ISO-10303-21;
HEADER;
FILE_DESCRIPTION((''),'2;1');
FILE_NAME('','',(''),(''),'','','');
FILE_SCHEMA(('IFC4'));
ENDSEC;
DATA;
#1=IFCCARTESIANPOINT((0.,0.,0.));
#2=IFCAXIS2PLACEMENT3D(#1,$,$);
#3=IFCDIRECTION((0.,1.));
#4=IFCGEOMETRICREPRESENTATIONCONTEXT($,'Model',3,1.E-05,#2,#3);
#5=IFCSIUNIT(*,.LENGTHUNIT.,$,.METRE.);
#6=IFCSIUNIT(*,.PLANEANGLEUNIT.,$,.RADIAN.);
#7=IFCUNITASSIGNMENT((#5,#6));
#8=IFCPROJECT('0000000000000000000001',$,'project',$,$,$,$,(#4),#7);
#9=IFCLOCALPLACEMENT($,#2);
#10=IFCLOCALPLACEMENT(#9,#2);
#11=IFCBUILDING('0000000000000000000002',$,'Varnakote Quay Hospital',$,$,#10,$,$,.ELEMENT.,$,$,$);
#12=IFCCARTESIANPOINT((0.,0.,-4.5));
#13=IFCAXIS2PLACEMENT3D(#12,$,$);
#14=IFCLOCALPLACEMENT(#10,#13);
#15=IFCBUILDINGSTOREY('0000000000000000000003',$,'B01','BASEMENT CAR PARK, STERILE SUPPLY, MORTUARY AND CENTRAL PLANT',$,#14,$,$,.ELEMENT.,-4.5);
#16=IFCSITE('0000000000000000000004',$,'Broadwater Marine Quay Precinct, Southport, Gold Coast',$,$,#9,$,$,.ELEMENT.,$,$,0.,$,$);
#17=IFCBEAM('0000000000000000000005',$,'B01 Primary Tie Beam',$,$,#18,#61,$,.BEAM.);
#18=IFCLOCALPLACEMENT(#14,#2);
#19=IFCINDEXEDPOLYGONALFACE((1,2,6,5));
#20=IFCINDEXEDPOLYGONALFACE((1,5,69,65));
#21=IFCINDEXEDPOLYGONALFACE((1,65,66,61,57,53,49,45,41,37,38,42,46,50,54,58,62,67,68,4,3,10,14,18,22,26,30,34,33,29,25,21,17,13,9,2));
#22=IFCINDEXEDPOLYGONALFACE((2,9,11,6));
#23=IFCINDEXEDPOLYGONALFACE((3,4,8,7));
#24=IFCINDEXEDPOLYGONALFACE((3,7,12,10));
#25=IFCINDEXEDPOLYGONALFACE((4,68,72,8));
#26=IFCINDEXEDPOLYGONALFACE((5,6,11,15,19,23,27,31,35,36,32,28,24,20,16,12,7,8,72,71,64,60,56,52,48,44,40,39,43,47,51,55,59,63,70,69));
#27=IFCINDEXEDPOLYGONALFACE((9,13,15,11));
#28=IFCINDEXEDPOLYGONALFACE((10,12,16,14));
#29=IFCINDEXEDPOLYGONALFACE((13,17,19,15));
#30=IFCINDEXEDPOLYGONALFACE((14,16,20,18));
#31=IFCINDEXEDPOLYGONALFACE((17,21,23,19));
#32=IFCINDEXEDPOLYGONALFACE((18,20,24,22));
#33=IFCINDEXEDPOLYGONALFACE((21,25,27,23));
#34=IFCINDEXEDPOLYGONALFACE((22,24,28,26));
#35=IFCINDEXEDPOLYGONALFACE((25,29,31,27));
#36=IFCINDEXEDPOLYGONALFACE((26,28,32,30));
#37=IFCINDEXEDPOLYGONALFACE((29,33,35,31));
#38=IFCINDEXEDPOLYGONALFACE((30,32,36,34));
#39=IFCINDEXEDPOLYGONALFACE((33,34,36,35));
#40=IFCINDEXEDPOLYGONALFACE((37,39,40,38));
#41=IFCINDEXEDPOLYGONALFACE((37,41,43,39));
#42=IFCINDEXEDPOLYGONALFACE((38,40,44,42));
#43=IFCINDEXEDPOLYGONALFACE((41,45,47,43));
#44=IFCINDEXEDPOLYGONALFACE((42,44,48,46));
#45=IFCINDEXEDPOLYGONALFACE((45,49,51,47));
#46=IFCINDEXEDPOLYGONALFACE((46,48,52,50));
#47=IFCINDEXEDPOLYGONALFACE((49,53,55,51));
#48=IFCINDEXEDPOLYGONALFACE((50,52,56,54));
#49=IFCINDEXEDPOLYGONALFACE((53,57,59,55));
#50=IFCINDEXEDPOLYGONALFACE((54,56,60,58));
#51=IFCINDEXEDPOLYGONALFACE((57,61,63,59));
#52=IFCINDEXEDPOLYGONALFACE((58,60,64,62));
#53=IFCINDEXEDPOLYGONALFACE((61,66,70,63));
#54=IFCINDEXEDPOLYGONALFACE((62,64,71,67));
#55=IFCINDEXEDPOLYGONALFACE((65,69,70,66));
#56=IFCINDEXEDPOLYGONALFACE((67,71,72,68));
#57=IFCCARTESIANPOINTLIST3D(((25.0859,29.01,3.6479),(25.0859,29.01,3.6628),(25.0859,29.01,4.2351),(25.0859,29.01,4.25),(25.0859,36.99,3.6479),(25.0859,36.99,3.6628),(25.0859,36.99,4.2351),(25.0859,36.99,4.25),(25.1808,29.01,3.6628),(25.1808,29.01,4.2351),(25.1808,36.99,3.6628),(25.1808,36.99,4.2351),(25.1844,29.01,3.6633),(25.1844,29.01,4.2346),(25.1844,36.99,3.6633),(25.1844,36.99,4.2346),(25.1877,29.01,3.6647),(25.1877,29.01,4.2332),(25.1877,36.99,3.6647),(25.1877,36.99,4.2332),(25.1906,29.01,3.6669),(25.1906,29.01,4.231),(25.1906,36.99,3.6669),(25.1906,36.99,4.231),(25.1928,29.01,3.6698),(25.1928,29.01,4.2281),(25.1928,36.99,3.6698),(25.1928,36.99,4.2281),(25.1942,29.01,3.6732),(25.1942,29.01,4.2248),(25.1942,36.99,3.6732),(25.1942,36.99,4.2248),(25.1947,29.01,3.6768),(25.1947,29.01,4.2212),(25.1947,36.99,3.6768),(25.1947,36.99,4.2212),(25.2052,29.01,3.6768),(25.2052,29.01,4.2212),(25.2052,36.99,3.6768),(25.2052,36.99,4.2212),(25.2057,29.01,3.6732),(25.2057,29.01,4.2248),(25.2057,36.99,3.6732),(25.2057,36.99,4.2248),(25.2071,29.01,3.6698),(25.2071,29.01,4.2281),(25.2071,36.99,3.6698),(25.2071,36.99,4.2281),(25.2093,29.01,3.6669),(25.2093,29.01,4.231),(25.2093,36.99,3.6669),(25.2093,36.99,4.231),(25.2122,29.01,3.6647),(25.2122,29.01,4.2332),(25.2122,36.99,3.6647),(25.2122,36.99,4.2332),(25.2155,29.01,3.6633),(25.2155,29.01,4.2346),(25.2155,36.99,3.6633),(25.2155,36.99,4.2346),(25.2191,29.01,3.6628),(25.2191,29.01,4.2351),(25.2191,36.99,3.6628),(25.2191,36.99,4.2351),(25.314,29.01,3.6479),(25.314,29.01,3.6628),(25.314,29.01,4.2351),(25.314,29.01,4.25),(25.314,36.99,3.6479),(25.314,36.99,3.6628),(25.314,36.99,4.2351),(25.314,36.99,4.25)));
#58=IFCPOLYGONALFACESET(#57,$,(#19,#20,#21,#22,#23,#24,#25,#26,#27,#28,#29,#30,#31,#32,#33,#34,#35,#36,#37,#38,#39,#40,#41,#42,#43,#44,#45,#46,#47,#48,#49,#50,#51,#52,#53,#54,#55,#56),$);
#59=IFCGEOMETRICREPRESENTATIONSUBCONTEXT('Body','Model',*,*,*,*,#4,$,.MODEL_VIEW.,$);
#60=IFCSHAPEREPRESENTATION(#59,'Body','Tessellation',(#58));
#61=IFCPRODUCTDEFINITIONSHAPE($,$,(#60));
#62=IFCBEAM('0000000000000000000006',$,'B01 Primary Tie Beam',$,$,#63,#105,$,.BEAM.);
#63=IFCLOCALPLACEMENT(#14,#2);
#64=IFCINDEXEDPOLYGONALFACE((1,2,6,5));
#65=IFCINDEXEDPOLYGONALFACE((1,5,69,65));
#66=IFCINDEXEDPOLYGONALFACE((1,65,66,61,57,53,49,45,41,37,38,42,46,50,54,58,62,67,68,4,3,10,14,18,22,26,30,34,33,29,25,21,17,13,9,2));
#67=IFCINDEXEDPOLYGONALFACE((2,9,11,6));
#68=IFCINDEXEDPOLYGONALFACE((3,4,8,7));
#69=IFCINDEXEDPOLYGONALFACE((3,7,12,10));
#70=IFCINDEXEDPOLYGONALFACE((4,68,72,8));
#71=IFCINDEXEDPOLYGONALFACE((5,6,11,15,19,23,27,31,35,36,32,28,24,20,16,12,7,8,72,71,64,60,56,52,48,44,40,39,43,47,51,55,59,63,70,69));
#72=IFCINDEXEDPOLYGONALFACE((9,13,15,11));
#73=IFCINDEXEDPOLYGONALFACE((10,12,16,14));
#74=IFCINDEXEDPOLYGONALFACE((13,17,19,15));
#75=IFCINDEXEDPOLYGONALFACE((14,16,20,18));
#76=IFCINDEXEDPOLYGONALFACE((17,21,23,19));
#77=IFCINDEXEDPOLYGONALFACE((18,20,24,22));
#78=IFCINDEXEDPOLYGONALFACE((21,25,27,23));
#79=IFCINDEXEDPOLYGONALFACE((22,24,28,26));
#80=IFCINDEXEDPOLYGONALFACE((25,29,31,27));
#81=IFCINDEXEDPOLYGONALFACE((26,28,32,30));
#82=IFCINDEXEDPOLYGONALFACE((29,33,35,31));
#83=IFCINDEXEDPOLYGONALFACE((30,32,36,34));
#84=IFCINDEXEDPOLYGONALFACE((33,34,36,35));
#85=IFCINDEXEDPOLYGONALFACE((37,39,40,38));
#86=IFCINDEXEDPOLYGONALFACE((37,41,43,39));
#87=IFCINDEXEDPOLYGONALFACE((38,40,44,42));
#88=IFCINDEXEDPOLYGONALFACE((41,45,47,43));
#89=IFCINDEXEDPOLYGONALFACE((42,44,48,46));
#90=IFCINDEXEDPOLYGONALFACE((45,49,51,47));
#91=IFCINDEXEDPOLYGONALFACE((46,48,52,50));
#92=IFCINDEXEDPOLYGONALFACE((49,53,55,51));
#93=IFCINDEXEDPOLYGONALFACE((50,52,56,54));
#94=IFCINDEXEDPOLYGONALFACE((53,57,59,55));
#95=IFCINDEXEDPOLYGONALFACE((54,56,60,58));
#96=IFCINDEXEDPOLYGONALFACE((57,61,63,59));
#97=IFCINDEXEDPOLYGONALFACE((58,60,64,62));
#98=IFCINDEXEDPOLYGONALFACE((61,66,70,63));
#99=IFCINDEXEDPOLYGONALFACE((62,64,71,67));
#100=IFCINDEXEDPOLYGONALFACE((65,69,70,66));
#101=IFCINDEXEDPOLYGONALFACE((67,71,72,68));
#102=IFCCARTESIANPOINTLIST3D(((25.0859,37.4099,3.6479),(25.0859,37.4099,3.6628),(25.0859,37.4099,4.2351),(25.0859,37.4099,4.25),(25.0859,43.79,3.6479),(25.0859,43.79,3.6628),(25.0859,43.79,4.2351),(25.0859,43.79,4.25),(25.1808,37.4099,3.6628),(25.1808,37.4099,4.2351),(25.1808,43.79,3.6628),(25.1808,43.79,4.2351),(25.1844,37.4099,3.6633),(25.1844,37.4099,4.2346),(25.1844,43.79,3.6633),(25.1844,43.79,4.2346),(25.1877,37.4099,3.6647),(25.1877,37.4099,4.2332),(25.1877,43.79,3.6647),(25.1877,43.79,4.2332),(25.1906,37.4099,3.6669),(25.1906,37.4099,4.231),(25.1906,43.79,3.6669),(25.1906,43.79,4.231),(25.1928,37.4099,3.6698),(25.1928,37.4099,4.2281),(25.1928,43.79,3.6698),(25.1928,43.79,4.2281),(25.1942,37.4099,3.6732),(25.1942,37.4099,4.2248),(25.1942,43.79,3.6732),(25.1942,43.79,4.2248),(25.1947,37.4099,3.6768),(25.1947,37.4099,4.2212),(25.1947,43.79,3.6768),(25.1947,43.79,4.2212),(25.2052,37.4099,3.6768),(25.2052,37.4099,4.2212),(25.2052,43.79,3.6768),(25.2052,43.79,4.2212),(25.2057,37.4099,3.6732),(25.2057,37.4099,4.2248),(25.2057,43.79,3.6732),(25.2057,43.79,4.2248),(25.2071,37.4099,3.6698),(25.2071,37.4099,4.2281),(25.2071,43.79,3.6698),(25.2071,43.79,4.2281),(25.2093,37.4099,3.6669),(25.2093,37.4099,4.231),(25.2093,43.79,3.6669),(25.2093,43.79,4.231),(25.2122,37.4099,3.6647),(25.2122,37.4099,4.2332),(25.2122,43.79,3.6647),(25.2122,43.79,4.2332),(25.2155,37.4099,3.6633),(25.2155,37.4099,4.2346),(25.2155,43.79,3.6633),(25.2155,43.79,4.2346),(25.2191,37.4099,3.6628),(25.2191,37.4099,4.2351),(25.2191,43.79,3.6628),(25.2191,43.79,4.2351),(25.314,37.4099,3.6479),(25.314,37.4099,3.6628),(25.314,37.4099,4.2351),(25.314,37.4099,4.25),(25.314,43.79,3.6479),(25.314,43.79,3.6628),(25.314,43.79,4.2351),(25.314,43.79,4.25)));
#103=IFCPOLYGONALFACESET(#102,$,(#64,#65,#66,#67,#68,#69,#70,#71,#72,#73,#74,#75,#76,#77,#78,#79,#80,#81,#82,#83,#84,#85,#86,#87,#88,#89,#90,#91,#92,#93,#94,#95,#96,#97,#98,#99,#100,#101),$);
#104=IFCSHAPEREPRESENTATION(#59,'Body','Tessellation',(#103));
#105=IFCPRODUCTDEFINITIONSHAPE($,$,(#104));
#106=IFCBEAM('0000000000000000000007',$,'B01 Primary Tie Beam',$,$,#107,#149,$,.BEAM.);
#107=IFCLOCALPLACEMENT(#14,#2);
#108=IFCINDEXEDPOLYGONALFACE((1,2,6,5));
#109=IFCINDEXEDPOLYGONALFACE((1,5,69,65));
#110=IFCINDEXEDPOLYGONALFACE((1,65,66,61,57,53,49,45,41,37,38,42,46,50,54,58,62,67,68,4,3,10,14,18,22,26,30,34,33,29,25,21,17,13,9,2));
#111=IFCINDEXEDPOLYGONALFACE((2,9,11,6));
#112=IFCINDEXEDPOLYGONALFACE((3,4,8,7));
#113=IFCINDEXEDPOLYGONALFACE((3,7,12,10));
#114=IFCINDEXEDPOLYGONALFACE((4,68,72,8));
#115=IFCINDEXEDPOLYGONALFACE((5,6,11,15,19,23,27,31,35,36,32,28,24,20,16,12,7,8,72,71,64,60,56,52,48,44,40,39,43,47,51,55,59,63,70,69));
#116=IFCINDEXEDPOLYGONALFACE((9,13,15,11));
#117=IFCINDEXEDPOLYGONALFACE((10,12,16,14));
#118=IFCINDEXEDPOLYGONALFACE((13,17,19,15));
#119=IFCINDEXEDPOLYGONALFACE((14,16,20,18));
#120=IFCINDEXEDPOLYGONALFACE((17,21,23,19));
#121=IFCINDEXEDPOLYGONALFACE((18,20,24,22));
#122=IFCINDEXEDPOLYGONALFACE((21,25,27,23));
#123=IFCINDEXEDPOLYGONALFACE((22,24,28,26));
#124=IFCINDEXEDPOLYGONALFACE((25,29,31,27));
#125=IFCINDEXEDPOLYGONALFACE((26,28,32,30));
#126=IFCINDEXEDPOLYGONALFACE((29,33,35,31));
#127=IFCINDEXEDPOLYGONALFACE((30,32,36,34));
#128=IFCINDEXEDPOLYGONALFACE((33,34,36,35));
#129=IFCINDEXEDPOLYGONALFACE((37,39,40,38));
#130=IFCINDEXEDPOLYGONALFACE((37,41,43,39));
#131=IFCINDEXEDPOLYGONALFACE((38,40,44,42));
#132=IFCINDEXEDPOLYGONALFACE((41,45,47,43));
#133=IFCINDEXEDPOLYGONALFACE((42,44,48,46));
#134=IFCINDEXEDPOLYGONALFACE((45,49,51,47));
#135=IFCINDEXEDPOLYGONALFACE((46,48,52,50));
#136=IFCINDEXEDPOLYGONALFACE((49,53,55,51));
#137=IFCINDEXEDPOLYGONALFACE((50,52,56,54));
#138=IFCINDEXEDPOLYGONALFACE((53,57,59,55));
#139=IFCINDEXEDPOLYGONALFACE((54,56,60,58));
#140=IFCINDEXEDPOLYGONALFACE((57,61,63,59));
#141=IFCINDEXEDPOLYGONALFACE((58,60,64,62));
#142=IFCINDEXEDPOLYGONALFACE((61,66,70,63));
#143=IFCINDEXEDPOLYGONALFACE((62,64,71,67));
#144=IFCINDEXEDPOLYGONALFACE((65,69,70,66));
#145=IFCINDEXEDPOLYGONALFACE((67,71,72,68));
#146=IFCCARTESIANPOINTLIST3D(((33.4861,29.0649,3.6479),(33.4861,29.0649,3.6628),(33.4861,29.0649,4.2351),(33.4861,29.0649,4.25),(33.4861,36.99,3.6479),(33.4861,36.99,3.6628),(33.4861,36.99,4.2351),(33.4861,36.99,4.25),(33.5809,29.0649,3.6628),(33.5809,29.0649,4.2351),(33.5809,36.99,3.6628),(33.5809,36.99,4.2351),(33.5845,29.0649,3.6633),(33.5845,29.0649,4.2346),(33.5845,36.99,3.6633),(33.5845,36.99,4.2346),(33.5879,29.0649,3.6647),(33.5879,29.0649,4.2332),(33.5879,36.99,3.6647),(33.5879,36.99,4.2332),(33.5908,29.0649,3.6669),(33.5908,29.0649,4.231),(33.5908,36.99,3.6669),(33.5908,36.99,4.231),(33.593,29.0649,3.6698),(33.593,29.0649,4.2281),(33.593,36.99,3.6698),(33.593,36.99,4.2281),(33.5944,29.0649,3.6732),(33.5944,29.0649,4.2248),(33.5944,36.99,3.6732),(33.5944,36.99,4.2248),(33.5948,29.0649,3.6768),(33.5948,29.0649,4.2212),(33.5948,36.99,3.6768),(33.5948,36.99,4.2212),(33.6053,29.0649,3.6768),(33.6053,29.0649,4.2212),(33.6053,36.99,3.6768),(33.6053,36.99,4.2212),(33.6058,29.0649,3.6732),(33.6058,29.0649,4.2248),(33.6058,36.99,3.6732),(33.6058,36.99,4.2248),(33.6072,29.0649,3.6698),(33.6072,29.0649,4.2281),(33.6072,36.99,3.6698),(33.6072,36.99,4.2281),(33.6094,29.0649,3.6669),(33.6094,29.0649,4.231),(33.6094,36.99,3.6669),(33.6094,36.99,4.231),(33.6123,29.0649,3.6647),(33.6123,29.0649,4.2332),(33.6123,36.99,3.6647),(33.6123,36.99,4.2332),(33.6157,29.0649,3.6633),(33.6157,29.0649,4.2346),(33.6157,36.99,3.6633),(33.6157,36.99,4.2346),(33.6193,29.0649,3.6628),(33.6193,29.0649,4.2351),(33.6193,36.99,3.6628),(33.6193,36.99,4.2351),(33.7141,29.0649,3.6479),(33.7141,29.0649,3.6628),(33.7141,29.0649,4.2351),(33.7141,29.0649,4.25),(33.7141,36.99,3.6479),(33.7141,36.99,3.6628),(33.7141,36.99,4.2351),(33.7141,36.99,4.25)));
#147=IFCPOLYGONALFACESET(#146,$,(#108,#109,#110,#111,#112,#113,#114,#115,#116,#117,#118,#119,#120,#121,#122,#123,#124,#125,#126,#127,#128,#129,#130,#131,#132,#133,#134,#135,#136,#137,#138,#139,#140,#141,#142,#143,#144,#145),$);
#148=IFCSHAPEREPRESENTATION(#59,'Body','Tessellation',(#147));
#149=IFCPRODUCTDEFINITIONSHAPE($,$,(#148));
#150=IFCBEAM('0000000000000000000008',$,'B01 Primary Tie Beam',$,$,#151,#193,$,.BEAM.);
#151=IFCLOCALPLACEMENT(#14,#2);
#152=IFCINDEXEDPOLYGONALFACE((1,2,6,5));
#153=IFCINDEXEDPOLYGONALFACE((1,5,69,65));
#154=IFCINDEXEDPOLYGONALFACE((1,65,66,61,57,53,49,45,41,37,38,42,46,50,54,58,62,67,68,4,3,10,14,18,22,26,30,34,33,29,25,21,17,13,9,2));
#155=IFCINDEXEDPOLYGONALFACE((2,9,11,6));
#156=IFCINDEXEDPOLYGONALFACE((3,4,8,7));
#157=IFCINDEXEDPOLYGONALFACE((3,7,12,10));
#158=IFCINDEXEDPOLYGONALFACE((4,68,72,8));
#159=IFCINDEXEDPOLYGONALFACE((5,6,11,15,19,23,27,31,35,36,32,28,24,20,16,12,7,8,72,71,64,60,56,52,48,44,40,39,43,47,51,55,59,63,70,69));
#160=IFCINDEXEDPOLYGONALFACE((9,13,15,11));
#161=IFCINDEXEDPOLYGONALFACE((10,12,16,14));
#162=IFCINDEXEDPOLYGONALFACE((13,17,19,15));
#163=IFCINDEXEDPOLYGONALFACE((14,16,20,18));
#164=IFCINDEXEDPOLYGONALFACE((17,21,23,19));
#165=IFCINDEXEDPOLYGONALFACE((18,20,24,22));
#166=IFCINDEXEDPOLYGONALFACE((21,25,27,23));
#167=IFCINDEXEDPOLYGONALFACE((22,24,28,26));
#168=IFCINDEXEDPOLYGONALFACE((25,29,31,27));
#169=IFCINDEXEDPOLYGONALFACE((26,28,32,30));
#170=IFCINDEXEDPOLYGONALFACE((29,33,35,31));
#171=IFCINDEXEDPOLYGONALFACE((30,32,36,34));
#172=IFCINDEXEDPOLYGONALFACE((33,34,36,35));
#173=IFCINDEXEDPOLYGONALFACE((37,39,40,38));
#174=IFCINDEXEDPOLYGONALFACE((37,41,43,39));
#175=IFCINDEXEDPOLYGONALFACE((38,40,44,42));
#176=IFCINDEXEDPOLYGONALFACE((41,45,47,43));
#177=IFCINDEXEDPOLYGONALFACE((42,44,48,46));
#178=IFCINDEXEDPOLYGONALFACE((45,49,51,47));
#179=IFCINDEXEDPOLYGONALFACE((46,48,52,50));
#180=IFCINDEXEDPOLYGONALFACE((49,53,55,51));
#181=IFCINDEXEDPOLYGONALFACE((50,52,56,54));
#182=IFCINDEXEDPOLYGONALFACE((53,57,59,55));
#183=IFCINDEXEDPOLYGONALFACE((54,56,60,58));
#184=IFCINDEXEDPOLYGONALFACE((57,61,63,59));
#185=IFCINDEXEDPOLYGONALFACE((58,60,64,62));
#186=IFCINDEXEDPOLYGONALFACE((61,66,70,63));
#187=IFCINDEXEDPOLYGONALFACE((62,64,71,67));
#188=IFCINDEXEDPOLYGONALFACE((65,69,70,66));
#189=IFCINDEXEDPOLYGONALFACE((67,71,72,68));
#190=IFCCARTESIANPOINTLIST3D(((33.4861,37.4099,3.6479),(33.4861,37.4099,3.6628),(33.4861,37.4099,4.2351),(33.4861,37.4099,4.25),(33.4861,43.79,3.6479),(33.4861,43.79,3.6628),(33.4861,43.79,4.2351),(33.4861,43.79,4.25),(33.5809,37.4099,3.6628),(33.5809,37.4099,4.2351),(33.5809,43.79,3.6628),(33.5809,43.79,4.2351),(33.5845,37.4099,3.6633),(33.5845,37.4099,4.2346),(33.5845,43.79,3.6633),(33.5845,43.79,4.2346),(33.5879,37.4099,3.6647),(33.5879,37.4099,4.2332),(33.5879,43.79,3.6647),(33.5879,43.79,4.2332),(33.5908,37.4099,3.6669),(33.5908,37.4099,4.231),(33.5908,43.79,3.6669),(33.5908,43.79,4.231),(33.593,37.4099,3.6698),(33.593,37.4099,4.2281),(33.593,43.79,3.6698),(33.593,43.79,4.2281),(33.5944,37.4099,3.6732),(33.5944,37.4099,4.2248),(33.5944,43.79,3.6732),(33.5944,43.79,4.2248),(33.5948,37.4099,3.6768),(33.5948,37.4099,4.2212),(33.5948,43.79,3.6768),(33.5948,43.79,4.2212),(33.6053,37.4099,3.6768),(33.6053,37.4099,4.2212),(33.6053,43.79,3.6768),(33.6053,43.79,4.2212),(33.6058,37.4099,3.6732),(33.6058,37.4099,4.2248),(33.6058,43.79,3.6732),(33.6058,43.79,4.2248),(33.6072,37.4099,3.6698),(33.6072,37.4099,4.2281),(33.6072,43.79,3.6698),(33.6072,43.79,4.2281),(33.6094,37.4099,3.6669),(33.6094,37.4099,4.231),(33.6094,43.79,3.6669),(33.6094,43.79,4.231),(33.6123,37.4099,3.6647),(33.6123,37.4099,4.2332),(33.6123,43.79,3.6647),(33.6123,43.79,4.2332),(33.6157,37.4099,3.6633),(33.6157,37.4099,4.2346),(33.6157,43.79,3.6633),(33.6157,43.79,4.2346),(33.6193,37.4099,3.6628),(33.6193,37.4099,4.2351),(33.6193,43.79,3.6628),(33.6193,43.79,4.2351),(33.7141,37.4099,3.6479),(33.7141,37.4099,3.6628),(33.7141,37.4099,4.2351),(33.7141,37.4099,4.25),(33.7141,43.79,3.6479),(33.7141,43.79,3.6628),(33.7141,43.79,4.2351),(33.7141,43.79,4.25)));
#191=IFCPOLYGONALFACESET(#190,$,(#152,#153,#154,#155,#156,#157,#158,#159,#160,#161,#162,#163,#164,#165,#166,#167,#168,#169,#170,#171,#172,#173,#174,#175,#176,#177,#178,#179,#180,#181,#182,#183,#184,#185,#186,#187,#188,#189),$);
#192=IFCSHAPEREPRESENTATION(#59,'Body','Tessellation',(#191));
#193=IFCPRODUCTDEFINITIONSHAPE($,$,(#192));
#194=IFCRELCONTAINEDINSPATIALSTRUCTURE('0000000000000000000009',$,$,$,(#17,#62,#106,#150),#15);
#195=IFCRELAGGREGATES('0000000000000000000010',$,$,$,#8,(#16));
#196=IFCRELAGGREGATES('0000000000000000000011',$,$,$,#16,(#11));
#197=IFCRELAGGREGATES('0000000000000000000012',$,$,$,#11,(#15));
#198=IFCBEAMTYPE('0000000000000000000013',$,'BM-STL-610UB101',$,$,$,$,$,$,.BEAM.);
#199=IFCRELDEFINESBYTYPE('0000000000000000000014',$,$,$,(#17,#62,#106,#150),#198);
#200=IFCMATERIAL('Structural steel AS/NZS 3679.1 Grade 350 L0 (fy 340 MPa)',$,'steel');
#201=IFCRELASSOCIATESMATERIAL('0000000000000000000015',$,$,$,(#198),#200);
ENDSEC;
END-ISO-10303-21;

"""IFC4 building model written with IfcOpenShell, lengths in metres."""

from ifc_helpers import new_model, si_unit, direction, frame, origin, origin_2d, place, context, subcontext, project, spatial, i_section, extrude, material, material_profile, profile_set, type_object, element, save


model = new_model("IFC4")

# Units and contexts
model_context = context("Model", 3, precision=1e-05, world=origin(), true_north=direction((0.0, 1.0)))
body_context = subcontext(model_context, "Body", "Model", "MODEL_VIEW")
ifc_project = project(units=[si_unit("LENGTHUNIT", "METRE"), si_unit("PLANEANGLEUNIT", "RADIAN")], contexts=[model_context])

# Site, building, storey
site_placement = place(None, origin())
site = spatial("IfcSite", under=ifc_project, at=site_placement, Name="Broadwater Marine Quay Precinct, Southport, Gold Coast", CompositionType="ELEMENT", RefElevation=0.0)
building_placement = place(site_placement, origin())
building = spatial("IfcBuilding", under=site, at=building_placement, Name="Varnakote Quay Hospital", CompositionType="ELEMENT")
storey_placement = place(building_placement, frame((0.0, 0.0, -4.5)))
storey = spatial("IfcBuildingStorey", under=building, at=storey_placement, Name="B01", Description="BASEMENT CAR PARK, STERILE SUPPLY, MORTUARY AND CENTRAL PLANT", CompositionType="ELEMENT", Elevation=-4.5)

# Beams
ifc_material_1 = material(Name="Structural steel AS/NZS 3679.1 Grade 350 L0 (fy 340 MPa)", Category="steel")
ifc_material_profile_1 = material_profile(ifc_material_1, i_section(OverallWidth=0.228, OverallDepth=0.6021, WebThickness=0.0105, FlangeThickness=0.0149, FilletRadius=0.0139, at=origin_2d()), Name="610UB101")
ifc_profile_set_1 = profile_set([ifc_material_profile_1], Name="Structural steel AS/NZS 3679.1 Grade 350 L0 (fy 340 MPa)")
beam_type_1 = type_object("IfcBeamType", Name="BM-STL-610UB101", PredefinedType="BEAM", material=ifc_profile_set_1)
beam_1_placement = place(storey_placement, frame((25.2, 29.01, 3.949), z_axis=(0.0, 1.0, 0.0), x_axis=(-1.0, 0.0, 0.0)))
element("IfcBeam", 1, at=beam_1_placement, inside=storey, type_object=beam_type_1, Name="B01 Primary Tie Beam", PredefinedType="BEAM", context=body_context, shape_type="SweptSolid", body=[
    extrude(i_section(OverallWidth=0.228, OverallDepth=0.6021, WebThickness=0.0105, FlangeThickness=0.0149, FilletRadius=0.0139, at=origin_2d()), origin(), (0.0, 0.0, 1.0), 7.98),
])
beam_2_placement = place(storey_placement, frame((25.2, 37.4099, 3.949), z_axis=(0.0, 1.0, 0.0), x_axis=(-1.0, 0.0, 0.0)))
element("IfcBeam", 2, at=beam_2_placement, inside=storey, type_object=beam_type_1, Name="B01 Primary Tie Beam", PredefinedType="BEAM", context=body_context, shape_type="SweptSolid", body=[
    extrude(i_section(OverallWidth=0.228, OverallDepth=0.6021, WebThickness=0.0105, FlangeThickness=0.0149, FilletRadius=0.0139, at=origin_2d()), origin(), (0.0, 0.0, 1.0), 6.3801),
])
beam_3_placement = place(storey_placement, frame((33.6001, 29.0649, 3.949), z_axis=(0.0, 1.0, 0.0), x_axis=(-1.0, 0.0, 0.0)))
element("IfcBeam", 3, at=beam_3_placement, inside=storey, type_object=beam_type_1, Name="B01 Primary Tie Beam", PredefinedType="BEAM", context=body_context, shape_type="SweptSolid", body=[
    extrude(i_section(OverallWidth=0.228, OverallDepth=0.6021, WebThickness=0.0105, FlangeThickness=0.0149, FilletRadius=0.0139, at=origin_2d()), origin(), (0.0, 0.0, 1.0), 7.925),
])
beam_4_placement = place(storey_placement, frame((33.6001, 37.4099, 3.949), z_axis=(0.0, 1.0, 0.0), x_axis=(-1.0, 0.0, 0.0)))
element("IfcBeam", 4, at=beam_4_placement, inside=storey, type_object=beam_type_1, Name="B01 Primary Tie Beam", PredefinedType="BEAM", context=body_context, shape_type="SweptSolid", body=[
    extrude(i_section(OverallWidth=0.228, OverallDepth=0.6021, WebThickness=0.0105, FlangeThickness=0.0149, FilletRadius=0.0139, at=origin_2d()), origin(), (0.0, 0.0, 1.0), 6.3801),
])

save(model, "model.ifc")
